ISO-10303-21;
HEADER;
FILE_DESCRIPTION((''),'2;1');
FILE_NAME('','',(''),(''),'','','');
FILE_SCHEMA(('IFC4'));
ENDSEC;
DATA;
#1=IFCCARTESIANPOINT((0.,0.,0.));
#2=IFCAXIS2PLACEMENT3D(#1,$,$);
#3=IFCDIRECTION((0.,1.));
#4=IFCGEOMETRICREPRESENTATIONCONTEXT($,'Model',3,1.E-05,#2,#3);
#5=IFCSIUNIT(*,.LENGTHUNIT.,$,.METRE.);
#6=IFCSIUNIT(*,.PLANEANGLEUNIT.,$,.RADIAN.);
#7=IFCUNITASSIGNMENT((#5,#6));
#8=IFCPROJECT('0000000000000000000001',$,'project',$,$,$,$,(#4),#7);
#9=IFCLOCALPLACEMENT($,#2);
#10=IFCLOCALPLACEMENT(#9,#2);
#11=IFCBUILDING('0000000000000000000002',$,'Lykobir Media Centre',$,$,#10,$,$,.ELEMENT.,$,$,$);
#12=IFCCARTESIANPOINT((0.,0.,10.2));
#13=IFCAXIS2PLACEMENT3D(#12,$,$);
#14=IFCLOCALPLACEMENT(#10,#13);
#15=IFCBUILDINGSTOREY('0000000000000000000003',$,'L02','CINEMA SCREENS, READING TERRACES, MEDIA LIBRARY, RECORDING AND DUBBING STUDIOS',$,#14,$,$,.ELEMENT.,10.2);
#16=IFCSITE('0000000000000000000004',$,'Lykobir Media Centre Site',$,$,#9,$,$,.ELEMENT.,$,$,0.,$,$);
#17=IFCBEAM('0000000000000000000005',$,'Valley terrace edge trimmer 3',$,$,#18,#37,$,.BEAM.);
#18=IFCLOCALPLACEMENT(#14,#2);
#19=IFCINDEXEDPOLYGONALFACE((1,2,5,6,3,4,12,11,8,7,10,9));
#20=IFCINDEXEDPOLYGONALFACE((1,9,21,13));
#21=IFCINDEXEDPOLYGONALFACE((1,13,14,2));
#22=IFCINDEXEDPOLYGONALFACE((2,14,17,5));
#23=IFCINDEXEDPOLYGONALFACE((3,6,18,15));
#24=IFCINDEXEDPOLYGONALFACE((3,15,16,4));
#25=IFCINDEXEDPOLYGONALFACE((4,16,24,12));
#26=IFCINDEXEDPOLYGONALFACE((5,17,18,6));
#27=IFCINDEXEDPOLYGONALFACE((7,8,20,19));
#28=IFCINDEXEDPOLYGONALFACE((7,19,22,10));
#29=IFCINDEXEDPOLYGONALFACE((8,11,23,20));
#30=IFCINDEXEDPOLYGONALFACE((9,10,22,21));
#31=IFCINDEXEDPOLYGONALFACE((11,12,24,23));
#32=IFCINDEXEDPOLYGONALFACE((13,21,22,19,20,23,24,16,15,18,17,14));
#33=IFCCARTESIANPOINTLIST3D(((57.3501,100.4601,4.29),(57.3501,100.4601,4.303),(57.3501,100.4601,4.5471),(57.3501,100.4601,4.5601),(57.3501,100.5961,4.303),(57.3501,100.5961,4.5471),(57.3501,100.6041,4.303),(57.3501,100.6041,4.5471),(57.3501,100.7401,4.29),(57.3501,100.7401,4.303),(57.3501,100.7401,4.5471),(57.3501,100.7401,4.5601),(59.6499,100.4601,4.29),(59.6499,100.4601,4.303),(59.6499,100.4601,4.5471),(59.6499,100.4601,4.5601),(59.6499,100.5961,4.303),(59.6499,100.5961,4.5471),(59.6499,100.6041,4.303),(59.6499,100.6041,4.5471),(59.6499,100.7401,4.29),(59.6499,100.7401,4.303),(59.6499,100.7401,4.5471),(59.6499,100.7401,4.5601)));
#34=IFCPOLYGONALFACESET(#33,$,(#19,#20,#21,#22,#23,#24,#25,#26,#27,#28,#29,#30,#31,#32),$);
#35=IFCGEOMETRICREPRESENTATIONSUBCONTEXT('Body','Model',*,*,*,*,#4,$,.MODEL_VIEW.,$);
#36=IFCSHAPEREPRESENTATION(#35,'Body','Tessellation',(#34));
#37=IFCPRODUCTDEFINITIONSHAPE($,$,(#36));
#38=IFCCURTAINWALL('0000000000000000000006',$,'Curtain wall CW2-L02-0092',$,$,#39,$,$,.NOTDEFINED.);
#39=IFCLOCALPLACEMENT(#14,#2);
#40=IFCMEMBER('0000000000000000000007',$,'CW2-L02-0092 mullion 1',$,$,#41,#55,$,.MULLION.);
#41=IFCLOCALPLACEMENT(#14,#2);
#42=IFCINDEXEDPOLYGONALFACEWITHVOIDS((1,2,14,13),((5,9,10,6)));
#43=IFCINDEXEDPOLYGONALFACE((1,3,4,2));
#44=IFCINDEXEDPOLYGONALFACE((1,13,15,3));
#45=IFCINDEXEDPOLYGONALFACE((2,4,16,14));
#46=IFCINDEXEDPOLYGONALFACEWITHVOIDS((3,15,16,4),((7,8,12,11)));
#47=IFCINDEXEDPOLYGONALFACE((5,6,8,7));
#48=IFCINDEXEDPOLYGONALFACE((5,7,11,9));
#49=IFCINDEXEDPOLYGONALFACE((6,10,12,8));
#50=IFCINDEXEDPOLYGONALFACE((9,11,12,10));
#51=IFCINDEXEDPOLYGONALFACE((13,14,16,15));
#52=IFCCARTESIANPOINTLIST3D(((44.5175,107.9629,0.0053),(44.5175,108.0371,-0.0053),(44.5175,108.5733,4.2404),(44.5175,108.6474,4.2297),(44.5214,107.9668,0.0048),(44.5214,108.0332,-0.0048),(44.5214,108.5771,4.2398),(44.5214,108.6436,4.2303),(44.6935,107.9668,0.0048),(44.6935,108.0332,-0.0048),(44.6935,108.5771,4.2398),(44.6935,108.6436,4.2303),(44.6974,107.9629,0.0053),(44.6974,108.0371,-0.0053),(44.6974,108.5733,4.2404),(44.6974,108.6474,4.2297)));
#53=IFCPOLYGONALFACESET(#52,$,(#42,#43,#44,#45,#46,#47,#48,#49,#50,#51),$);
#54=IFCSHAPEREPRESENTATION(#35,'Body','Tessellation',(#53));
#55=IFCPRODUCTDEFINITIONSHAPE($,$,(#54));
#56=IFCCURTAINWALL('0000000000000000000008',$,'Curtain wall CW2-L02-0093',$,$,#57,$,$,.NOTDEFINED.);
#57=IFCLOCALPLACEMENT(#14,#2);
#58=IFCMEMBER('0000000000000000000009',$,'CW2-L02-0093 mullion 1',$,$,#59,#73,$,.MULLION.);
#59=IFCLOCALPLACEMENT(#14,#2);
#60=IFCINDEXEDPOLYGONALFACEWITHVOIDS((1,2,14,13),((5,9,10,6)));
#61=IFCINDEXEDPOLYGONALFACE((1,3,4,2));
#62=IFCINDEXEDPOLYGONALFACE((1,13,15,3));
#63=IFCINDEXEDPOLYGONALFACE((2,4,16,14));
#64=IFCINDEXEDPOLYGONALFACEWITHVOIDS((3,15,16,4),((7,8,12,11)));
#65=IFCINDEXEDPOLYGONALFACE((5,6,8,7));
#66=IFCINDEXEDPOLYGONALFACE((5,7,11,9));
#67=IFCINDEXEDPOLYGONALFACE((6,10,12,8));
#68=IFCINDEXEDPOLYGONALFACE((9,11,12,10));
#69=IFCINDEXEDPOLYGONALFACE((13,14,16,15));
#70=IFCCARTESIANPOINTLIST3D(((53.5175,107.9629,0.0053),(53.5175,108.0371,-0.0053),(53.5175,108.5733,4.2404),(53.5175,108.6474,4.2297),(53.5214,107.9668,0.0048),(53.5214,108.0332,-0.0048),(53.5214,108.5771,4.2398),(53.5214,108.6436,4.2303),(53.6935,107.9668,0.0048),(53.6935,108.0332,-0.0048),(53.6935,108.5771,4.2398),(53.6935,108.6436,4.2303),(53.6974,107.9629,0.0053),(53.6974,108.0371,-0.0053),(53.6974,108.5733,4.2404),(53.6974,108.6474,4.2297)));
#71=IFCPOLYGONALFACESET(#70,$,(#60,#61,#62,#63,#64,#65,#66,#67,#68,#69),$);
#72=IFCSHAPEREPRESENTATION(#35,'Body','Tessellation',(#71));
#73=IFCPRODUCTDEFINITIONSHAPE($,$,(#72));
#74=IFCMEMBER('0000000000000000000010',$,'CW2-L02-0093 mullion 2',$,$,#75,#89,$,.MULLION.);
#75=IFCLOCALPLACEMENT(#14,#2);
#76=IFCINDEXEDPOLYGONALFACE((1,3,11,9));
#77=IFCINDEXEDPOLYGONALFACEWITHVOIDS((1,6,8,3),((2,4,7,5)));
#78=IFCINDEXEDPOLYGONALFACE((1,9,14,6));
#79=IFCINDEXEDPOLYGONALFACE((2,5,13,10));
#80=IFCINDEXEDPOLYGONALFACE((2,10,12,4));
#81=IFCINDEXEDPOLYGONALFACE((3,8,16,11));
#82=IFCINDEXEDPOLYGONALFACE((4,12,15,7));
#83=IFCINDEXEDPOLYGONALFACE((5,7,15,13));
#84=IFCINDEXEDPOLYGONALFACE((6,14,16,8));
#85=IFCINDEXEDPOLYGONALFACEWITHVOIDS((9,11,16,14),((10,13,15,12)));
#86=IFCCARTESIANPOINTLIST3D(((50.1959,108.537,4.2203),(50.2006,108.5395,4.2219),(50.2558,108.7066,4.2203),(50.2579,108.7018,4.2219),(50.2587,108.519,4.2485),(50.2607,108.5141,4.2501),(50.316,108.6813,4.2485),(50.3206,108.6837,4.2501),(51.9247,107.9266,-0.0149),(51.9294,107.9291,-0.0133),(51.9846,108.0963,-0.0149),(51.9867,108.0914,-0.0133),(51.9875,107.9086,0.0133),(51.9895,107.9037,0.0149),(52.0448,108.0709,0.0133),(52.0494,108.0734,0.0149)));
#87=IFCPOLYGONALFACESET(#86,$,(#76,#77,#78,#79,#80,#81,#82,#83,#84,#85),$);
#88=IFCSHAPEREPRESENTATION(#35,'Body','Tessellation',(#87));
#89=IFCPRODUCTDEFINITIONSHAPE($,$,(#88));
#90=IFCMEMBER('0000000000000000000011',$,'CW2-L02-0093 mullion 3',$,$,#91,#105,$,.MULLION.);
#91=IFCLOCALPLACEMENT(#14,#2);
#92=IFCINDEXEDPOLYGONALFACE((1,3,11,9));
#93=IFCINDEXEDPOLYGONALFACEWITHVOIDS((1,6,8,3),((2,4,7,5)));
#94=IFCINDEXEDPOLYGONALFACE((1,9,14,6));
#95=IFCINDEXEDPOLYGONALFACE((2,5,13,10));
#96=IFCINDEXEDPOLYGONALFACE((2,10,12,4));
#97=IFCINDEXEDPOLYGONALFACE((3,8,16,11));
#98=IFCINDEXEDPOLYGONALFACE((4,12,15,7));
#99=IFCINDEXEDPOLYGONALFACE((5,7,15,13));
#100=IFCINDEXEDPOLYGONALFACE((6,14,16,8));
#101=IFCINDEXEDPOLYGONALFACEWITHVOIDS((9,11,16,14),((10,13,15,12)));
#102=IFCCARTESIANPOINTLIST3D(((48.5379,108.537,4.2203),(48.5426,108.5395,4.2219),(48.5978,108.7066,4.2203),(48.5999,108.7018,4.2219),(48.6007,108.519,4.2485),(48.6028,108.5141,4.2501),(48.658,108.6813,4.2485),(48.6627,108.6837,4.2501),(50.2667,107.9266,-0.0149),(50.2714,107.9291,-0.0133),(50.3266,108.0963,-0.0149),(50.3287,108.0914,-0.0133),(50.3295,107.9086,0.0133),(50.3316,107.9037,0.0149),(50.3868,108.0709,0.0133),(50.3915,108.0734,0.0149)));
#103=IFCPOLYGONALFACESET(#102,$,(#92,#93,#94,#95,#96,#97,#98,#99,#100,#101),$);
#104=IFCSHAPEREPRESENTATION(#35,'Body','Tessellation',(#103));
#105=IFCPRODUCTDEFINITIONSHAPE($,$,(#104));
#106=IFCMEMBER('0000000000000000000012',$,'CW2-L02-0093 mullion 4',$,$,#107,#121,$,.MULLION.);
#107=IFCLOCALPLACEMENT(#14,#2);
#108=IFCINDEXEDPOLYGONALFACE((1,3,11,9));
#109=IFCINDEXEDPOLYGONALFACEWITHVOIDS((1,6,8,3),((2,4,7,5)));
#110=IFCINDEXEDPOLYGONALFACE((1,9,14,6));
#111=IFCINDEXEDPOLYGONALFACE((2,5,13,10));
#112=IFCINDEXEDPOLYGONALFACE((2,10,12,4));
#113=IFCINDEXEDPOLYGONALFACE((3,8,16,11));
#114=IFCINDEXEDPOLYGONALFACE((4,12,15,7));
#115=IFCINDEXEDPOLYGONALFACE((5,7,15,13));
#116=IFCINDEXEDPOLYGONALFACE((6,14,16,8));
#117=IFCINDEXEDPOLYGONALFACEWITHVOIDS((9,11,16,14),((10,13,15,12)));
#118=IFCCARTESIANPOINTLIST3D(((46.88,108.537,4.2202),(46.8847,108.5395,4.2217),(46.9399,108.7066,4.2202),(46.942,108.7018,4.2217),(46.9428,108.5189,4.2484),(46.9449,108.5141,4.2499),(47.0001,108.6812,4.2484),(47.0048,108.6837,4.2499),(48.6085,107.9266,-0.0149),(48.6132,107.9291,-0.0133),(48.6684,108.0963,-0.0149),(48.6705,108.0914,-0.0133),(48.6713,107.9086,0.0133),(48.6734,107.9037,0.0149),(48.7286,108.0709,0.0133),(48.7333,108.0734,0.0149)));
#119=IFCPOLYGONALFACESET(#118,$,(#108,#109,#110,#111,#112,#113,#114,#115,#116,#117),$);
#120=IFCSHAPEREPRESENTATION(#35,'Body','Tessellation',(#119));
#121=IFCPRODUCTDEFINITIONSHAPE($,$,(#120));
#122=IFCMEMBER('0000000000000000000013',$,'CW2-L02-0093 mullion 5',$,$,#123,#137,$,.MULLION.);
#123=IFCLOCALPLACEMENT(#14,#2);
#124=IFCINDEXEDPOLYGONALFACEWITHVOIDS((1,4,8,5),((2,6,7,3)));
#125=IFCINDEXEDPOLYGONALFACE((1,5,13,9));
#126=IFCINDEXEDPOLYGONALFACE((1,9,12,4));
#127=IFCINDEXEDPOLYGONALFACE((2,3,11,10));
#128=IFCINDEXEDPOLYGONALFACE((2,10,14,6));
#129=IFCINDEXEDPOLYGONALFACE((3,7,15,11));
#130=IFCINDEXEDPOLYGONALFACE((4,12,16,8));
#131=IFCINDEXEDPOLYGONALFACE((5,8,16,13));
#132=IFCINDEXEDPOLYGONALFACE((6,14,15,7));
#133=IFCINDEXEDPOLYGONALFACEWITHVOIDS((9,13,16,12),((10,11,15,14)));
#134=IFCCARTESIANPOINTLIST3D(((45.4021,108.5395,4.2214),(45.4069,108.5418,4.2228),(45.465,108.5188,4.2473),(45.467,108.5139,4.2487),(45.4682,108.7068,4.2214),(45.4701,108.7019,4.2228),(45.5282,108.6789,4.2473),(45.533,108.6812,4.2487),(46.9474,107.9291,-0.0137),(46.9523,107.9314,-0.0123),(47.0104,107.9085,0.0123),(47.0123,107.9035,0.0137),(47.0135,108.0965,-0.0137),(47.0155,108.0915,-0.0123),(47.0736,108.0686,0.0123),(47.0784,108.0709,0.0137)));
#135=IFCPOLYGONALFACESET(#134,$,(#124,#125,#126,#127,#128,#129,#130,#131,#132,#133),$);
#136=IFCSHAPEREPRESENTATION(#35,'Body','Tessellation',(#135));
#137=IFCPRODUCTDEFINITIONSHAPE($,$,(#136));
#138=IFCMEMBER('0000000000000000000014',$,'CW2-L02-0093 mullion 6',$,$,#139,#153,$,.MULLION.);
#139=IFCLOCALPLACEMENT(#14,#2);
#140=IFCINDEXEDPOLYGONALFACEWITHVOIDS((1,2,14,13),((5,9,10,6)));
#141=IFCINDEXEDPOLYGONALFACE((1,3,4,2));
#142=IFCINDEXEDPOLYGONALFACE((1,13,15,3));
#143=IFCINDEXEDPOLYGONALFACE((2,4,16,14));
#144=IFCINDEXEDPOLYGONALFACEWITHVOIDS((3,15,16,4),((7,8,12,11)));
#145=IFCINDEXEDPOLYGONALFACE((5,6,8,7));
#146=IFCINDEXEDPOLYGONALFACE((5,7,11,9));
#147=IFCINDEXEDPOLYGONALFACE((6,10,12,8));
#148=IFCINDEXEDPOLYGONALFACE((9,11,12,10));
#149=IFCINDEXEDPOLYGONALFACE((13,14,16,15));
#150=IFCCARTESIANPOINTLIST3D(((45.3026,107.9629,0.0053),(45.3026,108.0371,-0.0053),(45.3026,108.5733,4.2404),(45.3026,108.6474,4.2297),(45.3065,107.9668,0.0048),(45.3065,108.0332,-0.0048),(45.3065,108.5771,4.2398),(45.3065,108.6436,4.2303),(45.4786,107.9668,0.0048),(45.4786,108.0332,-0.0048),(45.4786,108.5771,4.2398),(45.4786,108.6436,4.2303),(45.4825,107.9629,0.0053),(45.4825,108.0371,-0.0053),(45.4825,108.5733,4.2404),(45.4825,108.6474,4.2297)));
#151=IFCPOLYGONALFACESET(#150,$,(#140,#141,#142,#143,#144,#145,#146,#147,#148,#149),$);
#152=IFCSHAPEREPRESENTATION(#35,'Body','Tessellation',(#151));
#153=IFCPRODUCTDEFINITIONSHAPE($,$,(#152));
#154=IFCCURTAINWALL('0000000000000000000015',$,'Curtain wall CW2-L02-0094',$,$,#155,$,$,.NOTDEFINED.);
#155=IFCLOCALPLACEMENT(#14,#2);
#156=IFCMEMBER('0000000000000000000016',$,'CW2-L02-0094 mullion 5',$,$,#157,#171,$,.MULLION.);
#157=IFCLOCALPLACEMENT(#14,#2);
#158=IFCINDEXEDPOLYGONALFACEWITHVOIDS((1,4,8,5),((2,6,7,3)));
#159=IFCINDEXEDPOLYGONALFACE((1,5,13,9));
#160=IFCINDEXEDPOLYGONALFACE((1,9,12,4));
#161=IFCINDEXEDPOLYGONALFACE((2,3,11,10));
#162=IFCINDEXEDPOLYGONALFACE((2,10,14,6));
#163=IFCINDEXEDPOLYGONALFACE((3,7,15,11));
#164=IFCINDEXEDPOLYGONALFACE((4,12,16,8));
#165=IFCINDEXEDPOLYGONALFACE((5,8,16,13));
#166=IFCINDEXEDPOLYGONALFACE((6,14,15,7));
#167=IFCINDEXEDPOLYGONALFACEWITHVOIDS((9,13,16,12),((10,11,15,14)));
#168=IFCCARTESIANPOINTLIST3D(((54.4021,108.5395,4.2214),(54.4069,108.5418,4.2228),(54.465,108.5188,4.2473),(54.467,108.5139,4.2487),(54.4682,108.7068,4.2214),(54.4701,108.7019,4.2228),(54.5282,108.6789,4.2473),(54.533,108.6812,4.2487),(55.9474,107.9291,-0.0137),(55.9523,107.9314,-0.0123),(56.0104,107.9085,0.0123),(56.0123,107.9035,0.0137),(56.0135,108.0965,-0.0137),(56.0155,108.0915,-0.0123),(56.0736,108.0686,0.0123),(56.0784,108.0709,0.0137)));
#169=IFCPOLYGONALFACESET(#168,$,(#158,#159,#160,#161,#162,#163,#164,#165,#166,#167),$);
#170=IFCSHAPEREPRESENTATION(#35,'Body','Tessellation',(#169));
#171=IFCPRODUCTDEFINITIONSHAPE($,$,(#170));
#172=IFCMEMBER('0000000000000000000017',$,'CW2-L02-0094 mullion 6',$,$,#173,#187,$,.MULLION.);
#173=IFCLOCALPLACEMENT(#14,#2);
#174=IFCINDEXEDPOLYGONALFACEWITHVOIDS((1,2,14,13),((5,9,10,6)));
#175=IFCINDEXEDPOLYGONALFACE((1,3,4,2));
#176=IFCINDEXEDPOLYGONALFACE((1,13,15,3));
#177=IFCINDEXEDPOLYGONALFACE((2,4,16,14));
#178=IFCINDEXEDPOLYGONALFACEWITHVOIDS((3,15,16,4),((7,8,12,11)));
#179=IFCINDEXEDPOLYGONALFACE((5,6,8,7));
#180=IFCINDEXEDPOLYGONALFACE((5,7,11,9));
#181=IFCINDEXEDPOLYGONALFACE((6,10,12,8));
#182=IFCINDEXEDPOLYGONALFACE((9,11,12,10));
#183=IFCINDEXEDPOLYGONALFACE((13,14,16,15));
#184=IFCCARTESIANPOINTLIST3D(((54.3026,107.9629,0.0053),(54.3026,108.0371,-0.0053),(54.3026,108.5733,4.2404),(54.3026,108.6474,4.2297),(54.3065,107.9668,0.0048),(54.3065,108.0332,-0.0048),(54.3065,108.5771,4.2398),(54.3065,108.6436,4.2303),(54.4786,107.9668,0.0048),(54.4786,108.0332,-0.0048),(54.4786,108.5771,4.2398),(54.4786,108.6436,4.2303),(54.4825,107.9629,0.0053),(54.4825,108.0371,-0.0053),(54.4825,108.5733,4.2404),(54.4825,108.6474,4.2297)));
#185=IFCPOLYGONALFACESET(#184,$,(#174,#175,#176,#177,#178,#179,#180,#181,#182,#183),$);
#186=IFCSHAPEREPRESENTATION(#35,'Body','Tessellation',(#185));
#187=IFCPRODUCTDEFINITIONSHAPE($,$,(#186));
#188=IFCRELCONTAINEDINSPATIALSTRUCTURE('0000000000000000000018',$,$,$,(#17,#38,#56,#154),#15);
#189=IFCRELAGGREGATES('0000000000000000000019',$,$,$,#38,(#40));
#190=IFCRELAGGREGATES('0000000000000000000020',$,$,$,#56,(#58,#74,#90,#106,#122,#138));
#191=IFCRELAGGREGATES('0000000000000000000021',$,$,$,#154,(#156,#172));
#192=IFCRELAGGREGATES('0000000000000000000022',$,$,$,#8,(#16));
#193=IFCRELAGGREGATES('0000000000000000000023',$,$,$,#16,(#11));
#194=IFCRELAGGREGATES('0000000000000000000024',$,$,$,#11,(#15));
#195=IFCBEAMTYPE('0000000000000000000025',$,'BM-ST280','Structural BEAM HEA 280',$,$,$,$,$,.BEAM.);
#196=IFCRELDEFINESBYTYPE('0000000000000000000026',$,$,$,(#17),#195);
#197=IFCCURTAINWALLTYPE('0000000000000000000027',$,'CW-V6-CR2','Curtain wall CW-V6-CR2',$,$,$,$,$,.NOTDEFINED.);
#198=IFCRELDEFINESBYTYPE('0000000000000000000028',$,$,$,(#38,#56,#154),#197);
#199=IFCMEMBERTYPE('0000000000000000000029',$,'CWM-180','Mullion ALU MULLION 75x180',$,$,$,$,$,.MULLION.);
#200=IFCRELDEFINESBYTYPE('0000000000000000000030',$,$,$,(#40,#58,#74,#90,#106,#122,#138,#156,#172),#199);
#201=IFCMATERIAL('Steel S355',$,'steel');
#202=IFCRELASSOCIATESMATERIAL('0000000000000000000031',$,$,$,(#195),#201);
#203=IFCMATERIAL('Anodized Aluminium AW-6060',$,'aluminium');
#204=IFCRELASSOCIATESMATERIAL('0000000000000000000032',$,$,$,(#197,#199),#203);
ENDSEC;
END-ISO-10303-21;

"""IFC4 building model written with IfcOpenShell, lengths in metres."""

from ifc_helpers import new_model, si_unit, direction, frame, origin, origin_2d, place, context, subcontext, project, spatial, hollow_rectangle, i_section, extrude, material, material_profile, profile_set, type_object, element, aggregate, save


model = new_model("IFC4")

# Units and contexts
model_context = context("Model", 3, precision=1e-05, world=origin(), true_north=direction((0.0, 1.0)))
body_context = subcontext(model_context, "Body", "Model", "MODEL_VIEW")
ifc_project = project(units=[si_unit("LENGTHUNIT", "METRE"), si_unit("PLANEANGLEUNIT", "RADIAN")], contexts=[model_context])

# Site, building, storey
site_placement = place(None, origin())
site = spatial("IfcSite", under=ifc_project, at=site_placement, Name="Lykobir Media Centre Site", CompositionType="ELEMENT", RefElevation=0.0)
building_placement = place(site_placement, origin())
building = spatial("IfcBuilding", under=site, at=building_placement, Name="Lykobir Media Centre", CompositionType="ELEMENT")
storey_placement = place(building_placement, frame((0.0, 0.0, 10.2)))
storey = spatial("IfcBuildingStorey", under=building, at=storey_placement, Name="L02", Description="CINEMA SCREENS, READING TERRACES, MEDIA LIBRARY, RECORDING AND DUBBING STUDIOS", CompositionType="ELEMENT", Elevation=10.2)

# Shared definitions
ifc_material_1 = material(Name="Steel S355", Category="steel")

# Beam
ifc_material_profile_1 = material_profile(ifc_material_1, i_section(OverallWidth=0.28, OverallDepth=0.27, WebThickness=0.0081, FlangeThickness=0.0129, at=origin_2d()), Name="HEA 280")
ifc_profile_set_1 = profile_set([ifc_material_profile_1], Name="Steel S355")
beam_type_1 = type_object("IfcBeamType", Name="BM-ST280", Description="Structural BEAM HEA 280", PredefinedType="BEAM", material=ifc_profile_set_1)
beam_placement = place(storey_placement, frame((57.3501, 100.6001, 4.425), z_axis=(1.0, 0.0, 0.0), x_axis=(0.0, 1.0, 0.0)))
element("IfcBeam", 1, at=beam_placement, inside=storey, type_object=beam_type_1, Name="Valley terrace edge trimmer 3", PredefinedType="BEAM", context=body_context, shape_type="SweptSolid", body=[
    extrude(i_section(OverallWidth=0.28, OverallDepth=0.27, WebThickness=0.0081, FlangeThickness=0.0129, at=origin_2d()), origin(), (0.0, 0.0, 1.0), 2.2998),
])

# Curtain wall, member
ifc_material_2 = material(Name="Anodized Aluminium AW-6060", Category="aluminium")
curtain_wall_type = type_object("IfcCurtainWallType", Name="CW-V6-CR2", Description="Curtain wall CW-V6-CR2", PredefinedType="NOTDEFINED", material=ifc_material_2)
curtain_wall_1_placement = place(storey_placement, origin())
curtain_wall_1 = element("IfcCurtainWall", 2, at=curtain_wall_1_placement, inside=storey, type_object=curtain_wall_type, Name="Curtain wall CW2-L02-0092", PredefinedType="NOTDEFINED")
ifc_material_profile_2 = material_profile(ifc_material_2, hollow_rectangle(XDim=0.075, YDim=0.1799, WallThickness=0.0039, at=origin_2d()), Name="ALU MULLION 75x180")
ifc_profile_set_2 = profile_set([ifc_material_profile_2], Name="Anodized Aluminium AW-6060")
member_type = type_object("IfcMemberType", Name="CWM-180", Description="Mullion ALU MULLION 75x180", PredefinedType="MULLION", material=ifc_profile_set_2)
member_1_placement = place(storey_placement, frame((44.6074, 108.0, 0.0), z_axis=(0.0, 0.142643, 0.989774), x_axis=(0.0, 0.989774, -0.142643)))
member_1 = element("IfcMember", 3, at=member_1_placement, type_object=member_type, Name="CW2-L02-0092 mullion 1", PredefinedType="MULLION", context=body_context, shape_type="SweptSolid", body=[
    extrude(hollow_rectangle(XDim=0.075, YDim=0.1799, WallThickness=0.0039, at=origin_2d()), origin(), (0.0, 0.0, 1.0), 4.2788),
])
aggregate(curtain_wall_1, [member_1])

# Curtain walls, members
curtain_wall_2_placement = place(storey_placement, origin())
curtain_wall_2 = element("IfcCurtainWall", 4, at=curtain_wall_2_placement, inside=storey, type_object=curtain_wall_type, Name="Curtain wall CW2-L02-0093", PredefinedType="NOTDEFINED")
member_2_placement = place(storey_placement, frame((53.6074, 108.0, 0.0), z_axis=(0.0, 0.142643, 0.989774), x_axis=(0.0, 0.989774, -0.142643)))
member_2 = element("IfcMember", 5, at=member_2_placement, type_object=member_type, Name="CW2-L02-0093 mullion 1", PredefinedType="MULLION", context=body_context, shape_type="SweptSolid", body=[
    extrude(hollow_rectangle(XDim=0.075, YDim=0.1799, WallThickness=0.0039, at=origin_2d()), origin(), (0.0, 0.0, 1.0), 4.2788),
])
member_3_placement = place(storey_placement, frame((51.9871, 108.0, 0.0), z_axis=(-0.374604, 0.132257, 0.917704), x_axis=(-0.865354, 0.30552, -0.397266)))
member_3 = element("IfcMember", 6, at=member_3_placement, type_object=member_type, Name="CW2-L02-0093 mullion 2", PredefinedType="MULLION", context=body_context, shape_type="SweptSolid", body=[
    extrude(hollow_rectangle(XDim=0.075, YDim=0.1799, WallThickness=0.0039, at=origin_2d()), origin(), (0.0, 0.0, 1.0), 4.615),
])
member_4_placement = place(storey_placement, frame((50.3291, 108.0, 0.0), z_axis=(-0.374604, 0.132257, 0.917704), x_axis=(-0.865354, 0.30552, -0.397266)))
member_4 = element("IfcMember", 7, at=member_4_placement, type_object=member_type, Name="CW2-L02-0093 mullion 3", PredefinedType="MULLION", context=body_context, shape_type="SweptSolid", body=[
    extrude(hollow_rectangle(XDim=0.075, YDim=0.1799, WallThickness=0.0039, at=origin_2d()), origin(), (0.0, 0.0, 1.0), 4.615),
])
member_5_placement = place(storey_placement, frame((48.6709, 108.0, 0.0), z_axis=(-0.374559, 0.132259, 0.917722), x_axis=(-0.865358, 0.305564, -0.397224)))
member_5 = element("IfcMember", 8, at=member_5_placement, type_object=member_type, Name="CW2-L02-0093 mullion 4", PredefinedType="MULLION", context=body_context, shape_type="SweptSolid", body=[
    extrude(hollow_rectangle(XDim=0.075, YDim=0.1799, WallThickness=0.0039, at=origin_2d()), origin(), (0.0, 0.0, 1.0), 4.6147),
])
member_6_placement = place(storey_placement, frame((47.0129, 108.0, 0.0), z_axis=(-0.339696, 0.134161, 0.930917), x_axis=(-0.865836, 0.341957, -0.36523)))
member_6 = element("IfcMember", 9, at=member_6_placement, type_object=member_type, Name="CW2-L02-0093 mullion 5", PredefinedType="MULLION", context=body_context, shape_type="SweptSolid", body=[
    extrude(hollow_rectangle(XDim=0.075, YDim=0.1799, WallThickness=0.0039, at=origin_2d()), origin(), (0.0, 0.0, 1.0), 4.5493),
])
member_7_placement = place(storey_placement, frame((45.3926, 108.0, 0.0), z_axis=(0.0, 0.142643, 0.989774), x_axis=(0.0, 0.989774, -0.142643)))
member_7 = element("IfcMember", 10, at=member_7_placement, type_object=member_type, Name="CW2-L02-0093 mullion 6", PredefinedType="MULLION", context=body_context, shape_type="SweptSolid", body=[
    extrude(hollow_rectangle(XDim=0.075, YDim=0.1799, WallThickness=0.0039, at=origin_2d()), origin(), (0.0, 0.0, 1.0), 4.2788),
])
aggregate(curtain_wall_2, [member_2, member_3, member_4, member_5, member_6, member_7])
curtain_wall_3_placement = place(storey_placement, origin())
curtain_wall_3 = element("IfcCurtainWall", 11, at=curtain_wall_3_placement, inside=storey, type_object=curtain_wall_type, Name="Curtain wall CW2-L02-0094", PredefinedType="NOTDEFINED")
member_8_placement = place(storey_placement, frame((56.0129, 108.0, 0.0), z_axis=(-0.339696, 0.134161, 0.930917), x_axis=(-0.865836, 0.341957, -0.36523)))
member_8 = element("IfcMember", 12, at=member_8_placement, type_object=member_type, Name="CW2-L02-0094 mullion 5", PredefinedType="MULLION", context=body_context, shape_type="SweptSolid", body=[
    extrude(hollow_rectangle(XDim=0.075, YDim=0.1799, WallThickness=0.0039, at=origin_2d()), origin(), (0.0, 0.0, 1.0), 4.5493),
])
member_9_placement = place(storey_placement, frame((54.3926, 108.0, 0.0), z_axis=(0.0, 0.142643, 0.989774), x_axis=(0.0, 0.989774, -0.142643)))
member_9 = element("IfcMember", 13, at=member_9_placement, type_object=member_type, Name="CW2-L02-0094 mullion 6", PredefinedType="MULLION", context=body_context, shape_type="SweptSolid", body=[
    extrude(hollow_rectangle(XDim=0.075, YDim=0.1799, WallThickness=0.0039, at=origin_2d()), origin(), (0.0, 0.0, 1.0), 4.2788),
])
aggregate(curtain_wall_3, [member_8, member_9])

save(model, "model.ifc")
